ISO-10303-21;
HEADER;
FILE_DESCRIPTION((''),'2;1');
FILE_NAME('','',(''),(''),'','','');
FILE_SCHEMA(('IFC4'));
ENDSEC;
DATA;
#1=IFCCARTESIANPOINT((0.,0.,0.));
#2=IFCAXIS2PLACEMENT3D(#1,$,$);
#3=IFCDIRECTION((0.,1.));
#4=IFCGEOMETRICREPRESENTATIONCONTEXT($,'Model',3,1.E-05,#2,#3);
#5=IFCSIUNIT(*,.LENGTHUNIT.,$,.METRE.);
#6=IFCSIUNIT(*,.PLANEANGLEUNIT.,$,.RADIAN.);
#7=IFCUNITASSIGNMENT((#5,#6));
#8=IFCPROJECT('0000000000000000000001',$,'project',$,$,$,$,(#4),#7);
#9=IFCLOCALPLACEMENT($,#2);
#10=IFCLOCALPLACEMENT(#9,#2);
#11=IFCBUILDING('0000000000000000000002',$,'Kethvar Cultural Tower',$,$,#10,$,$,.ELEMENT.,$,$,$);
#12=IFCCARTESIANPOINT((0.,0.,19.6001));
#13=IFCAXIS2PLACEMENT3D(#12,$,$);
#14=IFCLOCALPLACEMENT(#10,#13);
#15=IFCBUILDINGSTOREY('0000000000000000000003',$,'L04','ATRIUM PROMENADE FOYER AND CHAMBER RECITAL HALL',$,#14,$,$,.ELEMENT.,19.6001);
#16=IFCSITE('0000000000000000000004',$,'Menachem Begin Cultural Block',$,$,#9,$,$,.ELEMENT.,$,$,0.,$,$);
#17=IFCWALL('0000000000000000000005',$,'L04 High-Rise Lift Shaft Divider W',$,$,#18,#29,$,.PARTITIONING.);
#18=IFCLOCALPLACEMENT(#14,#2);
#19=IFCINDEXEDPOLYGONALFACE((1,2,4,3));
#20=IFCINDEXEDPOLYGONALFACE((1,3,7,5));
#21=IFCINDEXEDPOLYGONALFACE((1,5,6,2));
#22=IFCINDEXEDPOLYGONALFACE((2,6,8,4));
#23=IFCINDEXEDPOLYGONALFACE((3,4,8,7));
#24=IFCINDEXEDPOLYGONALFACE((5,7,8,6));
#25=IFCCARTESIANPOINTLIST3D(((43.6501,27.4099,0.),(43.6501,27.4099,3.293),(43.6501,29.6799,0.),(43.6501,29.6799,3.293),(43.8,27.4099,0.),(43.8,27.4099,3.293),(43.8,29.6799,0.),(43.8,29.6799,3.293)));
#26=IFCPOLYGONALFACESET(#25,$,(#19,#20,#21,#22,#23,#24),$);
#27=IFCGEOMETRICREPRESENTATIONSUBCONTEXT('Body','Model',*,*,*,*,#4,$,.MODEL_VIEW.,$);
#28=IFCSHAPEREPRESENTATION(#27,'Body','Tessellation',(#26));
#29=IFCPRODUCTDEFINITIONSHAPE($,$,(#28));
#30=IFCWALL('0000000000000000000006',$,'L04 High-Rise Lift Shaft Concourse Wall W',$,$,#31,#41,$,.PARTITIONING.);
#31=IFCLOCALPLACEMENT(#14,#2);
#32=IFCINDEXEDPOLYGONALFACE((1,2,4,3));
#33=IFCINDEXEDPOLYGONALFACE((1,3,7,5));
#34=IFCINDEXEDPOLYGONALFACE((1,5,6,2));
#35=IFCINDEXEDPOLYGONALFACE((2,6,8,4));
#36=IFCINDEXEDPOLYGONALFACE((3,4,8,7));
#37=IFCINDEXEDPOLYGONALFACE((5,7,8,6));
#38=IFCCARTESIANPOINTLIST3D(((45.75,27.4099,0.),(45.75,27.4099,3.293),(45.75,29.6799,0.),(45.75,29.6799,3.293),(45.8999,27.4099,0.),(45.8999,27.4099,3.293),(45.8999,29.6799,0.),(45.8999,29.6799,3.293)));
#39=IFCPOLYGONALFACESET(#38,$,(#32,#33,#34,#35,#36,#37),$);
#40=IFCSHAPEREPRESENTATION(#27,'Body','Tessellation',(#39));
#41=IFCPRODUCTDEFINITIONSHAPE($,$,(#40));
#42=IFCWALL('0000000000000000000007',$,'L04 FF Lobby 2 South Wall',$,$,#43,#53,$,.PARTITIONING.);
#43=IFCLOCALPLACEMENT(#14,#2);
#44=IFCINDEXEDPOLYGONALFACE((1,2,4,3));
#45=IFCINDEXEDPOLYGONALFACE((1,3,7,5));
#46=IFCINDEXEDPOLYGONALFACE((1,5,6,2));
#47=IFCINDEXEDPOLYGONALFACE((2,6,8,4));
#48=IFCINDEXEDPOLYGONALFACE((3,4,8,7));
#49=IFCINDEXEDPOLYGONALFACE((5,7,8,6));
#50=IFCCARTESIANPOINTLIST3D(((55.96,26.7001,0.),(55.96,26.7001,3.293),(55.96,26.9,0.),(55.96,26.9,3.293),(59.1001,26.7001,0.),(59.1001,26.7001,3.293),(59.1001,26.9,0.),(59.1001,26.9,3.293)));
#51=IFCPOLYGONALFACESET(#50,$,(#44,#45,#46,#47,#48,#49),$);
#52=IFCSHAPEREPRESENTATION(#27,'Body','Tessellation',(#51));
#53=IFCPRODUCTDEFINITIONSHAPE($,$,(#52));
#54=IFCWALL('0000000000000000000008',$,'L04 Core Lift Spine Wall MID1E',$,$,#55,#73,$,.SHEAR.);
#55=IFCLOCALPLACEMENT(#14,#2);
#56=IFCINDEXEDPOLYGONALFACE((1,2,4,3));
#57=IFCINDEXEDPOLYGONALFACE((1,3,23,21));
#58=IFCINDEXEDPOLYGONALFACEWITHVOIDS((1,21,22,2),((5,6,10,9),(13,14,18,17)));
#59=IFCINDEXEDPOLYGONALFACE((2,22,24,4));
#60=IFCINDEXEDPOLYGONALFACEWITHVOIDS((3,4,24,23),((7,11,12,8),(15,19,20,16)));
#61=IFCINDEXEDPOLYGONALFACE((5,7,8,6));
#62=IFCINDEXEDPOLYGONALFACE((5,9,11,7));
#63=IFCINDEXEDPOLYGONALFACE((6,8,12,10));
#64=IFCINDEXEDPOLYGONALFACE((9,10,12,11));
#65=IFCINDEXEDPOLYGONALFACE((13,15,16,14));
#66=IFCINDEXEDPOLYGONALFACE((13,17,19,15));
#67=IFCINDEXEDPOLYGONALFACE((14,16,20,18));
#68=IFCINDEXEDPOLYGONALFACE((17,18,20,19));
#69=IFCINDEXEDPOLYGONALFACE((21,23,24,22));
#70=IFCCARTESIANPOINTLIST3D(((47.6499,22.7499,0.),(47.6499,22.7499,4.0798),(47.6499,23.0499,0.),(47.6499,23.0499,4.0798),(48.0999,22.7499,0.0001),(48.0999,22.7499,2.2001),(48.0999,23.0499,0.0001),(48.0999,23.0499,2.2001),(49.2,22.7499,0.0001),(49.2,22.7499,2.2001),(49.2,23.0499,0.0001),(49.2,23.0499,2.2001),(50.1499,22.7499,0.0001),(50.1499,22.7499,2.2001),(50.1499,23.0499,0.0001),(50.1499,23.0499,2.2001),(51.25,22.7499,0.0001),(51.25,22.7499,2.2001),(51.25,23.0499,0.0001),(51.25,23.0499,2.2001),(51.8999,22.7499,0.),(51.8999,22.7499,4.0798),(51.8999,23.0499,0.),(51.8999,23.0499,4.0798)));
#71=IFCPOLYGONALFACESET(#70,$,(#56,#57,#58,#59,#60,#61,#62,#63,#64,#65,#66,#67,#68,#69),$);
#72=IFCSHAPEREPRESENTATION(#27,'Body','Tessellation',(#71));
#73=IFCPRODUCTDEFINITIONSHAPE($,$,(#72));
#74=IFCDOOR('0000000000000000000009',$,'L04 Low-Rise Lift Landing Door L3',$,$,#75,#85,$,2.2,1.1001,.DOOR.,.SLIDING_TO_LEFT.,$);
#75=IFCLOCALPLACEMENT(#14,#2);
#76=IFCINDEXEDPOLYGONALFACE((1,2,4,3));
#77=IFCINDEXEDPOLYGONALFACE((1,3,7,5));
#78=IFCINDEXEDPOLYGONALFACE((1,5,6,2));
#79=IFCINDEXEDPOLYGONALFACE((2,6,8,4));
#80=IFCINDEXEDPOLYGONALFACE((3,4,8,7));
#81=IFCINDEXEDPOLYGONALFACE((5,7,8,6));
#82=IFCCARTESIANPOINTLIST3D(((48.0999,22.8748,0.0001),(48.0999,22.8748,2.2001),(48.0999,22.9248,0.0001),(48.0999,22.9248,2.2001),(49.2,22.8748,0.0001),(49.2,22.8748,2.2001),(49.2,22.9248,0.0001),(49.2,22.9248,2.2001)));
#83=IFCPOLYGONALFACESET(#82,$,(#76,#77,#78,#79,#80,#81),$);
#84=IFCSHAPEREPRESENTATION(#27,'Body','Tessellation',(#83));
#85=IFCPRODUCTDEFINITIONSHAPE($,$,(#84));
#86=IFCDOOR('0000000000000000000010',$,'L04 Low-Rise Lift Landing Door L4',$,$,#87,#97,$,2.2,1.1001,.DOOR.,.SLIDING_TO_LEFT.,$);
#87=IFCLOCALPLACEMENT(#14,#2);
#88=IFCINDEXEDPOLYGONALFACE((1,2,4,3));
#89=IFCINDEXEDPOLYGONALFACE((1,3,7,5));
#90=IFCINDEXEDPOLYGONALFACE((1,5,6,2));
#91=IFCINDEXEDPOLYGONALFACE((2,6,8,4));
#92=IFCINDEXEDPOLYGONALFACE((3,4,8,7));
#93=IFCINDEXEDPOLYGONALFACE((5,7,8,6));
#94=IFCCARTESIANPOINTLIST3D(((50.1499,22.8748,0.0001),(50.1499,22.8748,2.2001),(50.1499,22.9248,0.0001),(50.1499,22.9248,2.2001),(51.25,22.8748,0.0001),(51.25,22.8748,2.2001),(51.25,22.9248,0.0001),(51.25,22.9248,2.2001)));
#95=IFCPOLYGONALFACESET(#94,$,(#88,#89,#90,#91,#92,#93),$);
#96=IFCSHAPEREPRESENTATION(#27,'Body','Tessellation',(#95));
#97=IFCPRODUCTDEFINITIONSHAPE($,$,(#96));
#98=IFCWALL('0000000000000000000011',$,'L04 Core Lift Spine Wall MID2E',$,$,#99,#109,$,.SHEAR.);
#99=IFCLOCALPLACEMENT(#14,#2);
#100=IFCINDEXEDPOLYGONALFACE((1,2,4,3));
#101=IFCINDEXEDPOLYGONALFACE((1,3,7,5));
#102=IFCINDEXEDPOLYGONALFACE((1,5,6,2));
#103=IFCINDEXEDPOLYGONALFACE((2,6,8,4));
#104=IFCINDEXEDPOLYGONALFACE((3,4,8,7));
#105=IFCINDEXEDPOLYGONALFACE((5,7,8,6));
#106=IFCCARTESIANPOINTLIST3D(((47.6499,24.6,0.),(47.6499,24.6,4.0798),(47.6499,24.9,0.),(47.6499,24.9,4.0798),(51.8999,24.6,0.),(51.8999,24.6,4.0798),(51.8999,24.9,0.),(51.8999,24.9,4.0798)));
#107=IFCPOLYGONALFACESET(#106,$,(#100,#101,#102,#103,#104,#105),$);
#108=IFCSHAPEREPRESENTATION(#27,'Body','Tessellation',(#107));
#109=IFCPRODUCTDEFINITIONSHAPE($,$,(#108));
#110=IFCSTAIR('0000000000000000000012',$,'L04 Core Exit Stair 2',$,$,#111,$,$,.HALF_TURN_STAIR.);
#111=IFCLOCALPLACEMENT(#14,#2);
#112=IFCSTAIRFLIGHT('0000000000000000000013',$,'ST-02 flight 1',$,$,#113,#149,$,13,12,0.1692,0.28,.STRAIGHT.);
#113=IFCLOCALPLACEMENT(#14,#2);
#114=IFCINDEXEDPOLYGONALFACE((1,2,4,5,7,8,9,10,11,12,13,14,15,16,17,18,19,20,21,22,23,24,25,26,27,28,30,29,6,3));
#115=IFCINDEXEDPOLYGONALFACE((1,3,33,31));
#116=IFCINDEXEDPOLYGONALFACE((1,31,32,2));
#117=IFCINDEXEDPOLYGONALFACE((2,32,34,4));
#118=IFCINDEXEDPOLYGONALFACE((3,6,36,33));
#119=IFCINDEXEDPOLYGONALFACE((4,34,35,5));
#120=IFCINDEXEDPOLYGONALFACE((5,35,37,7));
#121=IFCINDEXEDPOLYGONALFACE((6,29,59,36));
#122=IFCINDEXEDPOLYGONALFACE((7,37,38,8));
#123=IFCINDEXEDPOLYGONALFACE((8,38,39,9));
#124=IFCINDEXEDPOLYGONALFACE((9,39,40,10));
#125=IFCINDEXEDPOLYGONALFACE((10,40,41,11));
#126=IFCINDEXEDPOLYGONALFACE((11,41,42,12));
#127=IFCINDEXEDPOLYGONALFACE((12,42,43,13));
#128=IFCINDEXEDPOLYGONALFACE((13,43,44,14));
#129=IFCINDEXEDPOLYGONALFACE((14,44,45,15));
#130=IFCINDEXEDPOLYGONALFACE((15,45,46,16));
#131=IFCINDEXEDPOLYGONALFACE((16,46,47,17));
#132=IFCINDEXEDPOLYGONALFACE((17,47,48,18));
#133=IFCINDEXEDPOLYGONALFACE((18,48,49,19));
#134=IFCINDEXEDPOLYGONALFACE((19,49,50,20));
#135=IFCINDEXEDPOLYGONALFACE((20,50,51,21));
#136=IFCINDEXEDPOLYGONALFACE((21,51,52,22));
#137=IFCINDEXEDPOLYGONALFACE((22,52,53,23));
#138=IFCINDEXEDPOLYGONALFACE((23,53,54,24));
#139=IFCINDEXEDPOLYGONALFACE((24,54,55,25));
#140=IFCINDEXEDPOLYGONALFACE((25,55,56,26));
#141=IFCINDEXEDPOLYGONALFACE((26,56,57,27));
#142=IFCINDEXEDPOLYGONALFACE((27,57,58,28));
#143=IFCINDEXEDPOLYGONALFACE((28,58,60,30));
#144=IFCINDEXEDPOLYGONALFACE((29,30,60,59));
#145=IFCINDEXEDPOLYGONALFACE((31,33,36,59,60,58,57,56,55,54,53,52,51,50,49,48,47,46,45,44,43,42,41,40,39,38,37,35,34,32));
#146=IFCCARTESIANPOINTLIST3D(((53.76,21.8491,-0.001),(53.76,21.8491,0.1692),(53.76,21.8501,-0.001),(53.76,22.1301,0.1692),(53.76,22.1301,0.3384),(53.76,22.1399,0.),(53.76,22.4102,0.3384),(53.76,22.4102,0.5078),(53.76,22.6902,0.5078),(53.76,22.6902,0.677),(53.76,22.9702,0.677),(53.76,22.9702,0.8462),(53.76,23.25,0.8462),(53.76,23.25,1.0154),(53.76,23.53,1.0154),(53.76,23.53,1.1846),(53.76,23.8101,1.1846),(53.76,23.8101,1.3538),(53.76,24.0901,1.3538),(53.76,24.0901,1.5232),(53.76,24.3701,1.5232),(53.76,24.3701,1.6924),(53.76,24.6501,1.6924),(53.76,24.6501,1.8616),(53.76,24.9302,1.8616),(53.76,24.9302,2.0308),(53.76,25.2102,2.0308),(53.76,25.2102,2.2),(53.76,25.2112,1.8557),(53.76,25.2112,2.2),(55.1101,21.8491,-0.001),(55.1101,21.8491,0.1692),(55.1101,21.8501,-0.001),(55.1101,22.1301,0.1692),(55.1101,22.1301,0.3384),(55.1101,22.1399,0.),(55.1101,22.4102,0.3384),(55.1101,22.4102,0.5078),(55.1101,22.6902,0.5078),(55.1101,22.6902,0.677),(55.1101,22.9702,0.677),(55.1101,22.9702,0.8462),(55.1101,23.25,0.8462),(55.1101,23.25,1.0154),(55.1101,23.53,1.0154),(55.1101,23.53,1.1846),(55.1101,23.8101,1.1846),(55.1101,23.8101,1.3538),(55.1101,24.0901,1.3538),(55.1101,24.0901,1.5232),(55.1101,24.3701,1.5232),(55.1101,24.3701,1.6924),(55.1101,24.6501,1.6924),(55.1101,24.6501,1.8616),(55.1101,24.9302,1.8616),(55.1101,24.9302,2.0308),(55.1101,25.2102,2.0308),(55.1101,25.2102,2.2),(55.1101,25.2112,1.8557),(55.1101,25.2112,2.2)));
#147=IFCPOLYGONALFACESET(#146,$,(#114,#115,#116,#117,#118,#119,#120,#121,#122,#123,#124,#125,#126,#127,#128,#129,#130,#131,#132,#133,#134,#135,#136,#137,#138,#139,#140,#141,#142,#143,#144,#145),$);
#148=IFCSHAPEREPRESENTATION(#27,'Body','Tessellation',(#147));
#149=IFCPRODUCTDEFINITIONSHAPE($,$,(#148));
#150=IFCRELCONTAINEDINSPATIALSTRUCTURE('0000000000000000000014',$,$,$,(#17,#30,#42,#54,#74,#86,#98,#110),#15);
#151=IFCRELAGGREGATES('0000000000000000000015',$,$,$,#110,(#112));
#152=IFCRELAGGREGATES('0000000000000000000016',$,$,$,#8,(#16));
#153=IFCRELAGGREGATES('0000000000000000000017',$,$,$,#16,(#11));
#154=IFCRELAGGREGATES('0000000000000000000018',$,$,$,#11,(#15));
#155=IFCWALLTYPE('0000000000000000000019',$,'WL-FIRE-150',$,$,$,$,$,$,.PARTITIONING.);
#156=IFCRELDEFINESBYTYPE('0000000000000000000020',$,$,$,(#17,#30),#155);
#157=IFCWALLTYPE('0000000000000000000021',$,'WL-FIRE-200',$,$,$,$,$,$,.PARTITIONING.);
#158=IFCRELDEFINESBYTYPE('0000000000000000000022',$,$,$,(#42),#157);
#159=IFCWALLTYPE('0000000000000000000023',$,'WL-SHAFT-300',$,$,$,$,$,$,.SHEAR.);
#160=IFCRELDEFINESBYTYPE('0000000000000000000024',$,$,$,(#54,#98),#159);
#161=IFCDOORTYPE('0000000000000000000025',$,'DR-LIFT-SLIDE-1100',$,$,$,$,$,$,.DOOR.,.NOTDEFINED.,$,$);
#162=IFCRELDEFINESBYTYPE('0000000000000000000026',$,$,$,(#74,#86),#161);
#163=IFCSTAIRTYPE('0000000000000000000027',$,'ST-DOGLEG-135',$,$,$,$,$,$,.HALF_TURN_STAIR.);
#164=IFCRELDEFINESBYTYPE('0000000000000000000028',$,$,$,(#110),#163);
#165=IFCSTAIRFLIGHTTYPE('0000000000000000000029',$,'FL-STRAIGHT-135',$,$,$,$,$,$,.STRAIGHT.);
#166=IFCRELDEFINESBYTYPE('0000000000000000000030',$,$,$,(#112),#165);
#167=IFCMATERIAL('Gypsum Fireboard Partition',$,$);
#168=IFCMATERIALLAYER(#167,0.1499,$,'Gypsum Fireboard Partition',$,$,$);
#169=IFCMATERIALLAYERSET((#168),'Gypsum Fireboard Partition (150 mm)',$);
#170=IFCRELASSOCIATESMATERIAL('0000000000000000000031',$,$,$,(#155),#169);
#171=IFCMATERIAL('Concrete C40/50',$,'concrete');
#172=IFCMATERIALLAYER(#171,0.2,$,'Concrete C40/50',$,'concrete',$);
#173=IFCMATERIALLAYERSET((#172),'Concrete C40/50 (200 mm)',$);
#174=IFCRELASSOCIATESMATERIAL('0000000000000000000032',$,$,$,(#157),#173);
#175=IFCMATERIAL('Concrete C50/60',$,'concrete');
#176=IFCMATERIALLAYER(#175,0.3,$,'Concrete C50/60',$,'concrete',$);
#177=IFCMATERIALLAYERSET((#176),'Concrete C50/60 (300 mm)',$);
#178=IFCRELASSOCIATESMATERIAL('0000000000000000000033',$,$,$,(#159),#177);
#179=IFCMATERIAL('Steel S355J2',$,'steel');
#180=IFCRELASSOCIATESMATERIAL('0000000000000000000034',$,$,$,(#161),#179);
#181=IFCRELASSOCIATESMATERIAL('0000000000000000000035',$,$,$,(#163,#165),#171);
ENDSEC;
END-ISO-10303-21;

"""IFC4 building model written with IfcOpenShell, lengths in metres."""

from ifc_helpers import new_model, si_unit, direction, frame, frame_2d, origin, place, context, subcontext, project, spatial, polyline, rectangle, outline, extrude, source, transform, mapped, material, layer, layer_set, type_object, element, fill, aggregate, save


model = new_model("IFC4")

# Units and contexts
model_context = context("Model", 3, precision=1e-05, world=origin(), true_north=direction((0.0, 1.0)))
body_context = subcontext(model_context, "Body", "Model", "MODEL_VIEW")
ifc_project = project(units=[si_unit("LENGTHUNIT", "METRE"), si_unit("PLANEANGLEUNIT", "RADIAN")], contexts=[model_context])

# Site, building, storey
site_placement = place(None, origin())
site = spatial("IfcSite", under=ifc_project, at=site_placement, Name="Menachem Begin Cultural Block", CompositionType="ELEMENT", RefElevation=0.0)
building_placement = place(site_placement, origin())
building = spatial("IfcBuilding", under=site, at=building_placement, Name="Kethvar Cultural Tower", CompositionType="ELEMENT")
storey_placement = place(building_placement, frame((0.0, 0.0, 19.6001)))
storey = spatial("IfcBuildingStorey", under=building, at=storey_placement, Name="L04", Description="ATRIUM PROMENADE FOYER AND CHAMBER RECITAL HALL", CompositionType="ELEMENT", Elevation=19.6001)

# Shared definitions
ifc_material_1 = material(Name="Steel S355J2", Category="steel")

# Walls
ifc_material_2 = material(Name="Gypsum Fireboard Partition")
ifc_layer_1 = layer(ifc_material_2, 0.1499, Name="Gypsum Fireboard Partition")
ifc_layer_set_1 = layer_set([ifc_layer_1], Name="Gypsum Fireboard Partition (150 mm)")
wall_type_1 = type_object("IfcWallType", Name="WL-FIRE-150", PredefinedType="PARTITIONING", material=ifc_layer_set_1)
for number, where, z_axis, x_axis, name in (
    (1, (43.7251, 27.4099, 0.0), (0.0, 0.0, 1.0), (0.0, 1.0, 0.0), "L04 High-Rise Lift Shaft Divider W"),
    (2, (45.825, 27.4099, 0.0), (0.0, 0.0, 1.0), (0.0, 1.0, 0.0), "L04 High-Rise Lift Shaft Concourse Wall W"),
):
    element("IfcWall", number, at=place(storey_placement, frame(where, z_axis=z_axis, x_axis=x_axis)), inside=storey, type_object=wall_type_1, Name=name, PredefinedType="PARTITIONING", context=body_context, shape_type="SweptSolid", body=[
        extrude(rectangle(XDim=2.27, YDim=0.1499, at=frame_2d((1.135, 0.0))), origin(), (0.0, 0.0, 1.0), 3.293),
    ])
ifc_material_3 = material(Name="Concrete C40/50", Category="concrete")
ifc_layer_2 = layer(ifc_material_3, 0.2, Name="Concrete C40/50", Category="concrete")
ifc_layer_set_2 = layer_set([ifc_layer_2], Name="Concrete C40/50 (200 mm)")
wall_type_2 = type_object("IfcWallType", Name="WL-FIRE-200", PredefinedType="PARTITIONING", material=ifc_layer_set_2)
wall_1_placement = place(storey_placement, frame((55.96, 26.8, 0.0), z_axis=(0.0, 0.0, 1.0), x_axis=(1.0, 0.0, 0.0)))
element("IfcWall", 3, at=wall_1_placement, inside=storey, type_object=wall_type_2, Name="L04 FF Lobby 2 South Wall", PredefinedType="PARTITIONING", context=body_context, shape_type="SweptSolid", body=[
    extrude(rectangle(XDim=3.1401, YDim=0.2, at=frame_2d((1.5701, 0.0))), origin(), (0.0, 0.0, 1.0), 3.293),
])

# Wall, openings, doors
ifc_material_4 = material(Name="Concrete C50/60", Category="concrete")
ifc_layer_3 = layer(ifc_material_4, 0.3, Name="Concrete C50/60", Category="concrete")
ifc_layer_set_3 = layer_set([ifc_layer_3], Name="Concrete C50/60 (300 mm)")
wall_type_3 = type_object("IfcWallType", Name="WL-SHAFT-300", PredefinedType="SHEAR", material=ifc_layer_set_3)
wall_2_placement = place(storey_placement, frame((47.6499, 22.8999, 0.0), z_axis=(0.0, 0.0, 1.0), x_axis=(1.0, 0.0, 0.0)))
wall_2 = element("IfcWall", 4, at=wall_2_placement, inside=storey, type_object=wall_type_3, Name="L04 Core Lift Spine Wall MID1E", PredefinedType="SHEAR", context=body_context, shape_type="SweptSolid", body=[
    extrude(rectangle(XDim=4.25, YDim=0.3, at=frame_2d((2.125, 0.0))), origin(), (0.0, 0.0, 1.0), 4.0798),
])
opening_1_placement = place(wall_2_placement, frame((0.45, 0.0, 0.0)))
opening_1 = element("IfcOpeningElement", 5, at=opening_1_placement, cuts=wall_2, PredefinedType="OPENING", context=body_context, shape_type="SweptSolid", body=[
    extrude(rectangle(XDim=1.1001, YDim=2.2, at=frame_2d((0.55, 1.1001))), frame((0.0, 0.1599, 0.0), z_axis=(0.0, -1.0, 0.0), x_axis=(1.0, 0.0, 0.0)), (0.0, 0.0, 1.0), 0.3201),
])
opening_2_placement = place(wall_2_placement, frame((2.5, 0.0, 0.0)))
opening_2 = element("IfcOpeningElement", 6, at=opening_2_placement, cuts=wall_2, PredefinedType="OPENING", context=body_context, shape_type="SweptSolid", body=[
    extrude(rectangle(XDim=1.1001, YDim=2.2, at=frame_2d((0.55, 1.1001))), frame((0.0, 0.1599, 0.0), z_axis=(0.0, -1.0, 0.0), x_axis=(1.0, 0.0, 0.0)), (0.0, 0.0, 1.0), 0.3201),
])
door_type = type_object("IfcDoorType", Name="DR-LIFT-SLIDE-1100", OperationType="NOTDEFINED", PredefinedType="DOOR", material=ifc_material_1)
shared_shape_1 = source(origin(), body_context, "Body", "SweptSolid", [
    extrude(rectangle(XDim=1.1001, YDim=2.2, at=frame_2d((0.55, 1.1001))), frame((0.0, 0.0249, 0.0), z_axis=(0.0, -1.0, 0.0), x_axis=(1.0, 0.0, 0.0)), (0.0, 0.0, 1.0), 0.05),
])
door_1_placement = place(opening_1_placement, origin())
door_1 = element("IfcDoor", 7, at=door_1_placement, inside=storey, type_object=door_type, Name="L04 Low-Rise Lift Landing Door L3", OperationType="SLIDING_TO_LEFT", OverallHeight=2.2, OverallWidth=1.1001, PredefinedType="DOOR", context=body_context, shape_type="MappedRepresentation", body=[
    mapped(shared_shape_1, transform((0.0, 0.0, 0.0), scale=1.0)),
])
fill(opening_1, door_1)
door_2_placement = place(opening_2_placement, origin())
door_2 = element("IfcDoor", 8, at=door_2_placement, inside=storey, type_object=door_type, Name="L04 Low-Rise Lift Landing Door L4", OperationType="SLIDING_TO_LEFT", OverallHeight=2.2, OverallWidth=1.1001, PredefinedType="DOOR", context=body_context, shape_type="MappedRepresentation", body=[
    mapped(shared_shape_1, transform((0.0, 0.0, 0.0), scale=1.0)),
])
fill(opening_2, door_2)

# Wall
wall_3_placement = place(storey_placement, frame((47.6499, 24.75, 0.0), z_axis=(0.0, 0.0, 1.0), x_axis=(1.0, 0.0, 0.0)))
element("IfcWall", 9, at=wall_3_placement, inside=storey, type_object=wall_type_3, Name="L04 Core Lift Spine Wall MID2E", PredefinedType="SHEAR", context=body_context, shape_type="SweptSolid", body=[
    extrude(rectangle(XDim=4.25, YDim=0.3, at=frame_2d((2.125, 0.0))), origin(), (0.0, 0.0, 1.0), 4.0798),
])

# Stair, stair flight
stair_type = type_object("IfcStairType", Name="ST-DOGLEG-135", PredefinedType="HALF_TURN_STAIR", material=ifc_material_3)
stair_placement = place(storey_placement, origin())
stair = element("IfcStair", 10, at=stair_placement, inside=storey, type_object=stair_type, Name="L04 Core Exit Stair 2", PredefinedType="HALF_TURN_STAIR")
stair_flight_type = type_object("IfcStairFlightType", Name="FL-STRAIGHT-135", PredefinedType="STRAIGHT", material=ifc_material_3)
stair_flight_1_placement = place(storey_placement, frame((54.4351, 21.8501, 0.0), z_axis=(0.0, 0.0, 1.0), x_axis=(0.0, 1.0, 0.0)))
stair_flight_1 = element("IfcStairFlight", 11, at=stair_flight_1_placement, type_object=stair_flight_type, Name="ST-02 flight 1", NumberOfRisers=13, NumberOfTreads=12, PredefinedType="STRAIGHT", RiserHeight=0.1692, TreadLength=0.28, context=body_context, shape_type="SweptSolid", body=[
    extrude(outline(polyline([(-0.001, -0.001), (-0.001, 0.1692), (0.28, 0.1692), (0.28, 0.3384), (0.5601, 0.3384), (0.5601, 0.5078), (0.8401, 0.5078), (0.8401, 0.677), (1.1201, 0.677), (1.1201, 0.8462), (1.3999, 0.8462), (1.3999, 1.0154), (1.6799, 1.0154), (1.6799, 1.1846), (1.96, 1.1846), (1.96, 1.3538), (2.24, 1.3538), (2.24, 1.5232), (2.52, 1.5232), (2.52, 1.6924), (2.8, 1.6924), (2.8, 1.8616), (3.0801, 1.8616), (3.0801, 2.0308), (3.3601, 2.0308), (3.3601, 2.2), (3.3611, 2.2), (3.3611, 1.8557), (0.2898, 0.0), (0.0, -0.001), (-0.001, -0.001)])), frame((0.0, 0.675, 0.0), z_axis=(0.0, -1.0, 0.0), x_axis=(1.0, 0.0, 0.0)), (0.0, 0.0, 1.0), 1.3501),
])
aggregate(stair, [stair_flight_1])

save(model, "model.ifc")
